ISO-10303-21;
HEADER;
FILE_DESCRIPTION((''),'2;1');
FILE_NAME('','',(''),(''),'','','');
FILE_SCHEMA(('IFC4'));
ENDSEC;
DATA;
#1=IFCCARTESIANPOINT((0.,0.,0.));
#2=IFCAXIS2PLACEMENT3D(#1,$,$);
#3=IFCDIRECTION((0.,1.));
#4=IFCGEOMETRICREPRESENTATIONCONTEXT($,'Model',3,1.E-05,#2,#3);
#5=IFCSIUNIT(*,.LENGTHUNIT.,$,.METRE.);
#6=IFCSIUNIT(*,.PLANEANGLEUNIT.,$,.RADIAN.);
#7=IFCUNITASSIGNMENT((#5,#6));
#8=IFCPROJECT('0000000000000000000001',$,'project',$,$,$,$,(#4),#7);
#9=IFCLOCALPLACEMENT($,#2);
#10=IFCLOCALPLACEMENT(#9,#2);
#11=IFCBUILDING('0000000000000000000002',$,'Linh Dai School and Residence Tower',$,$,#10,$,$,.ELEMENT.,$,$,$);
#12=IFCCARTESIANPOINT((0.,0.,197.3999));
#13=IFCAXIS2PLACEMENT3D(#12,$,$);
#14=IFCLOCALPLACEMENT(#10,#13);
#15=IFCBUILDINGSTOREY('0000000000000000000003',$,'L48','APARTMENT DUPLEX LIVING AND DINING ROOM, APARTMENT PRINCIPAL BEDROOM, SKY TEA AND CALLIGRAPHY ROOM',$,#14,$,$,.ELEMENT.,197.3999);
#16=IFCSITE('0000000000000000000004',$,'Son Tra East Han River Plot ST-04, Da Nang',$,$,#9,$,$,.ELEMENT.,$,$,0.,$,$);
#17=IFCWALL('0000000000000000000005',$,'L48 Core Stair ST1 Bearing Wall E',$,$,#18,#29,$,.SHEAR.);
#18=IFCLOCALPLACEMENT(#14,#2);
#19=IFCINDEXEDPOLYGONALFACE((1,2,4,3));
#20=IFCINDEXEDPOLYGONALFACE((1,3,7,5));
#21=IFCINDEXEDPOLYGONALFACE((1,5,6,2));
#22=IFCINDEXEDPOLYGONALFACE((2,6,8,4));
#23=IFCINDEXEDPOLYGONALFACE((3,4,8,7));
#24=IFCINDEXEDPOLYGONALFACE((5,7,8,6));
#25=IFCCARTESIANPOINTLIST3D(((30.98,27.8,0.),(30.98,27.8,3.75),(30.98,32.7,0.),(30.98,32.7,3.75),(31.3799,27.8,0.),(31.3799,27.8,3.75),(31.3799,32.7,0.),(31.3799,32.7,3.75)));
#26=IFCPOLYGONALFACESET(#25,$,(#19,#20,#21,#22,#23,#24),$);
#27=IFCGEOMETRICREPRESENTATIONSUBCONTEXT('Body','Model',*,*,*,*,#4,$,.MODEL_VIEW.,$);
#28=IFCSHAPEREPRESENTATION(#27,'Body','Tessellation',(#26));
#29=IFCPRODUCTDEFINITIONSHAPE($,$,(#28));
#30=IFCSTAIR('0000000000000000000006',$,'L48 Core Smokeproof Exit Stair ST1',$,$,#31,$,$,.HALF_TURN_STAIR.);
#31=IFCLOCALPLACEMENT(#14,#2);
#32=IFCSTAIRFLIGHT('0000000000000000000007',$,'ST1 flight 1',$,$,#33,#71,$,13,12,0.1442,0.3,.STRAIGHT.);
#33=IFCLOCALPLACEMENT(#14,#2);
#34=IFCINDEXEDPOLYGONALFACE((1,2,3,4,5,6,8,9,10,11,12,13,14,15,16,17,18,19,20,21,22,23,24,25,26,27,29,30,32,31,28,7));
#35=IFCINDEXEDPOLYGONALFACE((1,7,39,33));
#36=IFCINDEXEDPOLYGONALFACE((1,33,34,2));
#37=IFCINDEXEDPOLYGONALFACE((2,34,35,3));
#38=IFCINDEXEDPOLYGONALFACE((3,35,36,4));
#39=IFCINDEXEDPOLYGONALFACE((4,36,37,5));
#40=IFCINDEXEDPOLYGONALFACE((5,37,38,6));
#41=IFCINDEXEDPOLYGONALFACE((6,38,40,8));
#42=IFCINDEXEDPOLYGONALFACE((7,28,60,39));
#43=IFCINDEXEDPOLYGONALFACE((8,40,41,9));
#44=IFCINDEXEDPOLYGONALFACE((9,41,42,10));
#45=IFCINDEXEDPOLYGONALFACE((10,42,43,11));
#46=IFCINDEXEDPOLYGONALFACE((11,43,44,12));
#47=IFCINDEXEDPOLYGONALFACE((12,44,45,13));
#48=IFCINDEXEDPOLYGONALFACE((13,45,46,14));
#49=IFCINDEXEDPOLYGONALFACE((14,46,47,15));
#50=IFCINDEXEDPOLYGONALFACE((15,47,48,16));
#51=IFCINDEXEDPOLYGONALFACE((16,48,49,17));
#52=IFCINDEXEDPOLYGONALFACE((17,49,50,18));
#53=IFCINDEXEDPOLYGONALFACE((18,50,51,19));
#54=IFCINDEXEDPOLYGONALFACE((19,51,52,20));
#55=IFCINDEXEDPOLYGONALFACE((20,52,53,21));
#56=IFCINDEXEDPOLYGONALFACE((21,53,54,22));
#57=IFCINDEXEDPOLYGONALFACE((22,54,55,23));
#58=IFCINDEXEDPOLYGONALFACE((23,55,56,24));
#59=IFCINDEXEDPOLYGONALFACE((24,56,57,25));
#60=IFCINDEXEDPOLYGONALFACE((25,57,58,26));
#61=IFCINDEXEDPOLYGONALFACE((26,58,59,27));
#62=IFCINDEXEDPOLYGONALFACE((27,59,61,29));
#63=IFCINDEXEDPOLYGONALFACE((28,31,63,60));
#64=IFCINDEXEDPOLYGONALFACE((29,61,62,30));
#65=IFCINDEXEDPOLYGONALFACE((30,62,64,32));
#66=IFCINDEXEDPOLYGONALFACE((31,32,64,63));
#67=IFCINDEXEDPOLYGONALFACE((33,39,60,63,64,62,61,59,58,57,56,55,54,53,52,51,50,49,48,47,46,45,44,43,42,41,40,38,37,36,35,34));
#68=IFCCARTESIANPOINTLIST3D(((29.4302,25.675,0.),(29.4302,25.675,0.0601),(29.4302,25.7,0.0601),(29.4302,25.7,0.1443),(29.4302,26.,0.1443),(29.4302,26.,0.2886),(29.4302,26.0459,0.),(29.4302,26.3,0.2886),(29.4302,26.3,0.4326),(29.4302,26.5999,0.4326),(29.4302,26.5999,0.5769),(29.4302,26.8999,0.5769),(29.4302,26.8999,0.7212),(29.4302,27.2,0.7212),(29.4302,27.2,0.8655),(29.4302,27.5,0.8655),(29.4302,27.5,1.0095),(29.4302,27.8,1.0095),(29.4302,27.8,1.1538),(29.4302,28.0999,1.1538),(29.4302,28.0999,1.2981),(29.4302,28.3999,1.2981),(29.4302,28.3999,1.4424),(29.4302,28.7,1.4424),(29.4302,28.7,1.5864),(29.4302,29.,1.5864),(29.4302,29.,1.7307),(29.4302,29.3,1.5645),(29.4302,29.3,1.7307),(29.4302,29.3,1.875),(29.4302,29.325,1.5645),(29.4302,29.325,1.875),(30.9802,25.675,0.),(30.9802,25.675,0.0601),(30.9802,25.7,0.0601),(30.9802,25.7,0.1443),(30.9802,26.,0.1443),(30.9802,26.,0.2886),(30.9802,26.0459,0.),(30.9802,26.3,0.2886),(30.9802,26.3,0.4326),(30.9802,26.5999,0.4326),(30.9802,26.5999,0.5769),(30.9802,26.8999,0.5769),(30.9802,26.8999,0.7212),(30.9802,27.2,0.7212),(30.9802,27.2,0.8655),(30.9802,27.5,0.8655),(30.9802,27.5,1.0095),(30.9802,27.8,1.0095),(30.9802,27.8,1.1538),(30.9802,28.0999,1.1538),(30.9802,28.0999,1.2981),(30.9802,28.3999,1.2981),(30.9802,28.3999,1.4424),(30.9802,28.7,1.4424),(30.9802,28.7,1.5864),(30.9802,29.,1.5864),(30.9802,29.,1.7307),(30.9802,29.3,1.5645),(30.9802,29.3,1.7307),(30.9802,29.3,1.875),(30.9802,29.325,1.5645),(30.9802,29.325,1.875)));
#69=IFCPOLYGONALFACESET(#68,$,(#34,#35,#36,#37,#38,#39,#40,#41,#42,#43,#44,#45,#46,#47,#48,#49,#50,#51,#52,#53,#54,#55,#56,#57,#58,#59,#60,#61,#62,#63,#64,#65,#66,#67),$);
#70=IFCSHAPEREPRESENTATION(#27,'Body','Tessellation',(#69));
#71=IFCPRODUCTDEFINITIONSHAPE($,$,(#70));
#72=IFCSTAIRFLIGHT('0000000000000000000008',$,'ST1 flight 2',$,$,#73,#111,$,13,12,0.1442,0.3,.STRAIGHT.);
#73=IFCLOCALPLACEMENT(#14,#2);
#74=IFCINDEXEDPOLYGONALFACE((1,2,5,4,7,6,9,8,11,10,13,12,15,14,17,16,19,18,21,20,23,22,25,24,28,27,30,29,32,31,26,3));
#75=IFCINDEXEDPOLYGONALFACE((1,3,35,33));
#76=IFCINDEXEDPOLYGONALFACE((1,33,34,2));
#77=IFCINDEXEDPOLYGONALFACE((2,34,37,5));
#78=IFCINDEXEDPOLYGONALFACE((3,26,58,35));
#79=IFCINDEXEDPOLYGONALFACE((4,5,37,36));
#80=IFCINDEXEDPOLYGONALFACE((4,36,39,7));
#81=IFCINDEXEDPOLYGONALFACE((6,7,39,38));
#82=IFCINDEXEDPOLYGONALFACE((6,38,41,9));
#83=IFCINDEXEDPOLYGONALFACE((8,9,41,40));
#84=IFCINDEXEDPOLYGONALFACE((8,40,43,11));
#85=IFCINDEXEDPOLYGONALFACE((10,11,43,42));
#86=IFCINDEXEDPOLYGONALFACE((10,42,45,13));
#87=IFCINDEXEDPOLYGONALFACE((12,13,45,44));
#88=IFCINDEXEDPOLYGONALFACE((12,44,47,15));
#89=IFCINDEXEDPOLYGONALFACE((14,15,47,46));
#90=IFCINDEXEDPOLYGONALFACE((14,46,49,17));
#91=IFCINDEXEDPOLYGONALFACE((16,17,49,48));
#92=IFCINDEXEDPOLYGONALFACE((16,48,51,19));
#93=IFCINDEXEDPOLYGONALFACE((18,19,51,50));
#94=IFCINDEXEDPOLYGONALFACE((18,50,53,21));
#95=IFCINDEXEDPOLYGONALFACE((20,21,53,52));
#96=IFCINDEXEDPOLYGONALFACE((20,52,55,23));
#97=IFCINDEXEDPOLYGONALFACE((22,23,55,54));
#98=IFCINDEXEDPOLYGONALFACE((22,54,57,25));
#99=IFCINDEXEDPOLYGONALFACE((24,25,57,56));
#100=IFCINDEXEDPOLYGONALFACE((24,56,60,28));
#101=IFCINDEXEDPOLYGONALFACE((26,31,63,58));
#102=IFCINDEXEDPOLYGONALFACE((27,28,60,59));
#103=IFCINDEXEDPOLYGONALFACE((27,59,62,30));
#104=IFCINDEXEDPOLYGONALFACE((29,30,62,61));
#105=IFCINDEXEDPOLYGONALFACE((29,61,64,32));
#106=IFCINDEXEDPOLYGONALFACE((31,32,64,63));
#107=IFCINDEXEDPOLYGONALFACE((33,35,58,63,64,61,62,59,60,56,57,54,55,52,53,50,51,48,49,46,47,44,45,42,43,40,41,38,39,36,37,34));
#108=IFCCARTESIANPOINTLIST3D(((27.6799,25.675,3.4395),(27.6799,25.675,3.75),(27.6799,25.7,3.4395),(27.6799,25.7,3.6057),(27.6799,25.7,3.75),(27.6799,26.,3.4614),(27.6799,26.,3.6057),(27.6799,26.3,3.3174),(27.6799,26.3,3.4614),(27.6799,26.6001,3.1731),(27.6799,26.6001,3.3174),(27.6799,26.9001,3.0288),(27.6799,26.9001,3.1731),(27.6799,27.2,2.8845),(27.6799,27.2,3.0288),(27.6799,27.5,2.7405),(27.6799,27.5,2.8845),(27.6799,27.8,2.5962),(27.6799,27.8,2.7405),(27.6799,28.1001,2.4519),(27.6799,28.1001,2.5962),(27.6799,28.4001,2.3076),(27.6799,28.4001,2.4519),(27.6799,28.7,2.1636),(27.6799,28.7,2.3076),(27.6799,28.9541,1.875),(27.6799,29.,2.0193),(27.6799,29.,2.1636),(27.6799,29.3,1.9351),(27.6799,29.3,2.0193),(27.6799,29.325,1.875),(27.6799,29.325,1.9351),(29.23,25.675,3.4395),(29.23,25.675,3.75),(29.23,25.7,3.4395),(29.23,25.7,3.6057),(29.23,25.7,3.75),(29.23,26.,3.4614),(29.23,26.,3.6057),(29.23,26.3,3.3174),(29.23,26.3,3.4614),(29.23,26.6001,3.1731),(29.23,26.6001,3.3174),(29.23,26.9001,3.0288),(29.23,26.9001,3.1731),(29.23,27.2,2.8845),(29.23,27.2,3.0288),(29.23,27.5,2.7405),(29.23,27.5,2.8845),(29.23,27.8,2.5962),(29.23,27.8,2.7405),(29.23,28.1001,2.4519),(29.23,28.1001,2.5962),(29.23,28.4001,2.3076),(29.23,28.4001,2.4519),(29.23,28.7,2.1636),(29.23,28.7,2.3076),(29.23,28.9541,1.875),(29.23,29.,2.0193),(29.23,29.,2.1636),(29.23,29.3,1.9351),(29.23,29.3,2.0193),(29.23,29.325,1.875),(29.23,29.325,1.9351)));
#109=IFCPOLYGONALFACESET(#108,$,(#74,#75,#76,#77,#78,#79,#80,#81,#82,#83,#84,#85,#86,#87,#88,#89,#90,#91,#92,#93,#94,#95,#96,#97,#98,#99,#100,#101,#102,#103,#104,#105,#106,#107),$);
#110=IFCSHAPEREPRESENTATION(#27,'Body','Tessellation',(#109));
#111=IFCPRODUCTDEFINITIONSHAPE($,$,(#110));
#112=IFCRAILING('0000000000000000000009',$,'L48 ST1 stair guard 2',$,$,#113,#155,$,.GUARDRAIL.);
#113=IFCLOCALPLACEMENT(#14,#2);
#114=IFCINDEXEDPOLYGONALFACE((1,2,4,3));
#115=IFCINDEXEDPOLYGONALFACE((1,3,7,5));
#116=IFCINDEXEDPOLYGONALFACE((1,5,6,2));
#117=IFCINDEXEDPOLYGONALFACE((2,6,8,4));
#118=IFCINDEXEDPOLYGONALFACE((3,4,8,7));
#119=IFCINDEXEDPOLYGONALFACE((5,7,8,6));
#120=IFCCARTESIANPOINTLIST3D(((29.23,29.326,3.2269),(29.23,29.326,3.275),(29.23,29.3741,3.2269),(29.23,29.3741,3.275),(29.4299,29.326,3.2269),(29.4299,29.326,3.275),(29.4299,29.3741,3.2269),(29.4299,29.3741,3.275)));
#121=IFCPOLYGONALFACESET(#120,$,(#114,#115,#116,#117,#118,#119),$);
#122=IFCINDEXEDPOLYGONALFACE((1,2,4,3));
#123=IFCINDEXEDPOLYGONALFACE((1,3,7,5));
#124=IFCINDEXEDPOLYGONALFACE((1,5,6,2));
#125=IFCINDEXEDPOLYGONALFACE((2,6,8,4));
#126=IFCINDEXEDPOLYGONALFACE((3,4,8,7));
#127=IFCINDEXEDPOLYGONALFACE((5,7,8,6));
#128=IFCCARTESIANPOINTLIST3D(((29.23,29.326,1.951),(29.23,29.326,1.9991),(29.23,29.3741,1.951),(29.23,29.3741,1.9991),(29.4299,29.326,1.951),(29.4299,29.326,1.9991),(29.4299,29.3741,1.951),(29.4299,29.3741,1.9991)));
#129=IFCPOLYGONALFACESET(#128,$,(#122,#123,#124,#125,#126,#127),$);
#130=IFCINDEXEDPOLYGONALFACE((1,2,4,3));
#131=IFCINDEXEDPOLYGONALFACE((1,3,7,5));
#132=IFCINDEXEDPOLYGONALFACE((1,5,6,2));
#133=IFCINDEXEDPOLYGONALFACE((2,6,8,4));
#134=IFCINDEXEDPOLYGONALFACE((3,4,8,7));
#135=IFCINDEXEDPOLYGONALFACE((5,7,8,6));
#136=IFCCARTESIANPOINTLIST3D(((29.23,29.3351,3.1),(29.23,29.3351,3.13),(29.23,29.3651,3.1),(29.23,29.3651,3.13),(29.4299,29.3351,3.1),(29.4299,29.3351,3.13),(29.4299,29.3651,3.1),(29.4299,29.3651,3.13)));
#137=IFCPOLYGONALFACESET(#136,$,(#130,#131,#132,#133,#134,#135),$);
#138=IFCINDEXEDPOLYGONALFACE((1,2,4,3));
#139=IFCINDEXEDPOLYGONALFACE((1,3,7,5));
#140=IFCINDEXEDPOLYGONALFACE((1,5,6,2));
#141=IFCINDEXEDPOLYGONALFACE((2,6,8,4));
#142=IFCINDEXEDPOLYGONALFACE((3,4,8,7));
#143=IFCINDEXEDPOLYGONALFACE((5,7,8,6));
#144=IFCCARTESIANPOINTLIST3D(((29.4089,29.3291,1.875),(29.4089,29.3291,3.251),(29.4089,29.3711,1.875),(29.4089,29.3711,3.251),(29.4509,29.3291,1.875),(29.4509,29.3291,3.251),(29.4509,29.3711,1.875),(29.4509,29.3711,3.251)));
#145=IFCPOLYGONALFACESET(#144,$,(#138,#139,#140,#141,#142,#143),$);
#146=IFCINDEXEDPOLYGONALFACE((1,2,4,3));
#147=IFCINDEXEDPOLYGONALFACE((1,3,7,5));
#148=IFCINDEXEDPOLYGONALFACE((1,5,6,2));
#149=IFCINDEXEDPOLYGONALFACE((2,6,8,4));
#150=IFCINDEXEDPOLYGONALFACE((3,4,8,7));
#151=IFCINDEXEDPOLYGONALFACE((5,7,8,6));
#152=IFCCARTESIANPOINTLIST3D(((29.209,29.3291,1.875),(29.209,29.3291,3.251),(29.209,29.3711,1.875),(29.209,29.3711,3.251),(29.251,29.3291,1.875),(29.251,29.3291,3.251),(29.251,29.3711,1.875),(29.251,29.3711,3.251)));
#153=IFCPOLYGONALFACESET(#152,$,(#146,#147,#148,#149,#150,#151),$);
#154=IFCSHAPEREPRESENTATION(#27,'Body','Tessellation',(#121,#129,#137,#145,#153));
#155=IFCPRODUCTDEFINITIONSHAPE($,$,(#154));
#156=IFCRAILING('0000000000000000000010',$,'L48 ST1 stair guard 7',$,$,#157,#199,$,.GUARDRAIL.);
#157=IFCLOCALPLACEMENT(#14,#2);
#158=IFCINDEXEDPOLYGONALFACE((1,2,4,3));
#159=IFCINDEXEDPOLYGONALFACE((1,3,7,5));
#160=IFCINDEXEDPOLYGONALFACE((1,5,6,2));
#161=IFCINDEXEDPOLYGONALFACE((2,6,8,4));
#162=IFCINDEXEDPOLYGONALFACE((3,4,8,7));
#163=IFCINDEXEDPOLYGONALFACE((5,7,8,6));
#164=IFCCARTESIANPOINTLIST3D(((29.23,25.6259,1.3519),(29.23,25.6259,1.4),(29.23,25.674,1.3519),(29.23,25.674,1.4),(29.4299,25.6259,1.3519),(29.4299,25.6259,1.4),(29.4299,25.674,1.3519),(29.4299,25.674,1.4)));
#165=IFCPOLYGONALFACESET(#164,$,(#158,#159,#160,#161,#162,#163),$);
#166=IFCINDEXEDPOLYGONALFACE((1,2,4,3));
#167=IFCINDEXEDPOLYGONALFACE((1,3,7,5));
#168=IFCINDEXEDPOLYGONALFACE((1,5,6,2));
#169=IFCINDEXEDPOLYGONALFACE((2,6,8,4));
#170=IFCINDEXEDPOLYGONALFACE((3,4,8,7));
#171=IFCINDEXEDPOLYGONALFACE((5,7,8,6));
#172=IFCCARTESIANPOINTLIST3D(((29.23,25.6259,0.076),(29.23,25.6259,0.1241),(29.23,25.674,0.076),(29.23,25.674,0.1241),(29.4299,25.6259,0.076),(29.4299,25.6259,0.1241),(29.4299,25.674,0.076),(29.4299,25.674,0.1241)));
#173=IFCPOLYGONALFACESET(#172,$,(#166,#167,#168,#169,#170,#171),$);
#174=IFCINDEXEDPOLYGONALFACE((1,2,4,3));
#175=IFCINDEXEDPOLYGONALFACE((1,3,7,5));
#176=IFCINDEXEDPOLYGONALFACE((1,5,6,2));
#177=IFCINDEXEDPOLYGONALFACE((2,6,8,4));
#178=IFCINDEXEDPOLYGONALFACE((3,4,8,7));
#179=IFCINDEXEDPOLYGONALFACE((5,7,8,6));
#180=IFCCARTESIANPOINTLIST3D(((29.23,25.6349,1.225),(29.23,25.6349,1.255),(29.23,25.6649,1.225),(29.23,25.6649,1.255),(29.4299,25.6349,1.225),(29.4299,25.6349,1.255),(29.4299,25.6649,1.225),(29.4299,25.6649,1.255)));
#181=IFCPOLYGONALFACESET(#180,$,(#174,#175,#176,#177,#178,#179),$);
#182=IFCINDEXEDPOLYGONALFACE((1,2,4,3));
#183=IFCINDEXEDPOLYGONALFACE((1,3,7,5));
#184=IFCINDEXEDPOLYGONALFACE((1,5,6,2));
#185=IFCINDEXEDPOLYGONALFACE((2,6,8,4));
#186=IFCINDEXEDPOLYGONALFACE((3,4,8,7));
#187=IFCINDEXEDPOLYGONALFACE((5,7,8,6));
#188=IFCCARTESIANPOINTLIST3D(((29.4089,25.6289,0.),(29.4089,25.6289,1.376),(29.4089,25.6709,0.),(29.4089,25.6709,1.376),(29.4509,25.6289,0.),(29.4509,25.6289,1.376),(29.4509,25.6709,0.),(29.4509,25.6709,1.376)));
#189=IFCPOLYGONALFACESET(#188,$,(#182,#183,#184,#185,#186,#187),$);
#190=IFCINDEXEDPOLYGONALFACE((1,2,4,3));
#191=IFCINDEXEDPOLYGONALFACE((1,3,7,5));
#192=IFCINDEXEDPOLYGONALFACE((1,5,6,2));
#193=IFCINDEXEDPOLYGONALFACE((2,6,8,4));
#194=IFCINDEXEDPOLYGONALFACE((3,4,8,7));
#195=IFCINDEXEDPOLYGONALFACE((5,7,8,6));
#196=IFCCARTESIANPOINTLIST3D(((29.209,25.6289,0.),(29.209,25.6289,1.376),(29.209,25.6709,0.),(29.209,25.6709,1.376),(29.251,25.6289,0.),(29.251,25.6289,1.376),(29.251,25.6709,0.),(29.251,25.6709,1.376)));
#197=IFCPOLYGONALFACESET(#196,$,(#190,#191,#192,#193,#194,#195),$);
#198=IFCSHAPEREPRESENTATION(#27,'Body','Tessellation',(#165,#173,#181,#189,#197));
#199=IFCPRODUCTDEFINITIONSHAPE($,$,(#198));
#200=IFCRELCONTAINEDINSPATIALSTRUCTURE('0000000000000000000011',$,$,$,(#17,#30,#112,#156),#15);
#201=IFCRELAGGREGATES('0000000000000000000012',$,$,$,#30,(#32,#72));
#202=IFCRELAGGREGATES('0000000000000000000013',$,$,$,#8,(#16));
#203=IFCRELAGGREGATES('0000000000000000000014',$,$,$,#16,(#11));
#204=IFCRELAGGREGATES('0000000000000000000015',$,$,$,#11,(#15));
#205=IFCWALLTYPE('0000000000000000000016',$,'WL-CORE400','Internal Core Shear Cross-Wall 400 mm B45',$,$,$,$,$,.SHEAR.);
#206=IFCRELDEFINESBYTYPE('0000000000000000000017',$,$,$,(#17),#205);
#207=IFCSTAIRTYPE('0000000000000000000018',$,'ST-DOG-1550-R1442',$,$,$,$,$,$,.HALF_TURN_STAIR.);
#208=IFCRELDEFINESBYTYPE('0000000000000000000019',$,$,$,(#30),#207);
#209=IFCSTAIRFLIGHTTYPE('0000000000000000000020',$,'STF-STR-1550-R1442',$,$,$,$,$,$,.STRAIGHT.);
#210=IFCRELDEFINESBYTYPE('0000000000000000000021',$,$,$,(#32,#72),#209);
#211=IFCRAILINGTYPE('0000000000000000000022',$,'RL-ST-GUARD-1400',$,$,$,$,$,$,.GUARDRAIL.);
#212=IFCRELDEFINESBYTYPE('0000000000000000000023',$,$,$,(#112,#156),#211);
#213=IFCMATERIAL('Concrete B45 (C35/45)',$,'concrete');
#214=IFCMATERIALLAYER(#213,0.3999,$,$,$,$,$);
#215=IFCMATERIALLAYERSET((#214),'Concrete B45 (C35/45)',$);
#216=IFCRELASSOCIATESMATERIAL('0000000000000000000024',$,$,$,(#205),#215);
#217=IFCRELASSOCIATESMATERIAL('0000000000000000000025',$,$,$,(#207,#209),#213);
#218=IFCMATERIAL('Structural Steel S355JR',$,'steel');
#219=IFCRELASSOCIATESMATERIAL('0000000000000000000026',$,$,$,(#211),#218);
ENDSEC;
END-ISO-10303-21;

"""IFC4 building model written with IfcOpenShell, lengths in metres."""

from ifc_helpers import new_model, si_unit, direction, frame, frame_2d, origin, origin_2d, place, context, subcontext, project, spatial, polyline, rectangle, outline, extrude, source, transform, mapped, material, layer, layer_set, type_object, element, aggregate, save


model = new_model("IFC4")

# Units and contexts
model_context = context("Model", 3, precision=1e-05, world=origin(), true_north=direction((0.0, 1.0)))
body_context = subcontext(model_context, "Body", "Model", "MODEL_VIEW")
ifc_project = project(units=[si_unit("LENGTHUNIT", "METRE"), si_unit("PLANEANGLEUNIT", "RADIAN")], contexts=[model_context])

# Site, building, storey
site_placement = place(None, origin())
site = spatial("IfcSite", under=ifc_project, at=site_placement, Name="Son Tra East Han River Plot ST-04, Da Nang", CompositionType="ELEMENT", RefElevation=0.0)
building_placement = place(site_placement, origin())
building = spatial("IfcBuilding", under=site, at=building_placement, Name="Linh Dai School and Residence Tower", CompositionType="ELEMENT")
storey_placement = place(building_placement, frame((0.0, 0.0, 197.3999)))
storey = spatial("IfcBuildingStorey", under=building, at=storey_placement, Name="L48", Description="APARTMENT DUPLEX LIVING AND DINING ROOM, APARTMENT PRINCIPAL BEDROOM, SKY TEA AND CALLIGRAPHY ROOM", CompositionType="ELEMENT", Elevation=197.3999)

# Shared definitions
ifc_material_1 = material(Name="Structural Steel S355JR", Category="steel")

# Shared definitions
ifc_material_2 = material(Name="Concrete B45 (C35/45)", Category="concrete")

# Wall
ifc_layer_1 = layer(ifc_material_2, 0.3999)
ifc_layer_set_1 = layer_set([ifc_layer_1], Name="Concrete B45 (C35/45)")
wall_type_1 = type_object("IfcWallType", Name="WL-CORE400", Description="Internal Core Shear Cross-Wall 400 mm B45", PredefinedType="SHEAR", material=ifc_layer_set_1)
wall_1_placement = place(storey_placement, frame((31.1799, 27.8, 0.0), z_axis=(0.0, 0.0, 1.0), x_axis=(0.0, 1.0, 0.0)))
element("IfcWall", 1, at=wall_1_placement, inside=storey, type_object=wall_type_1, Name="L48 Core Stair ST1 Bearing Wall E", PredefinedType="SHEAR", context=body_context, shape_type="SweptSolid", body=[
    extrude(rectangle(XDim=4.8999, YDim=0.3999, at=frame_2d((2.45, 0.0))), origin(), (0.0, 0.0, 1.0), 3.75),
])

# Stair, stair flights
stair_type = type_object("IfcStairType", Name="ST-DOG-1550-R1442", PredefinedType="HALF_TURN_STAIR", material=ifc_material_2)
stair_placement = place(storey_placement, origin())
stair = element("IfcStair", 2, at=stair_placement, inside=storey, type_object=stair_type, Name="L48 Core Smokeproof Exit Stair ST1", PredefinedType="HALF_TURN_STAIR")
stair_flight_type = type_object("IfcStairFlightType", Name="STF-STR-1550-R1442", PredefinedType="STRAIGHT", material=ifc_material_2)
shared_shape_1 = source(origin(), body_context, "Body", "SweptSolid", [
    extrude(outline(polyline([(-0.0249, 0.0), (-0.0249, 0.0601), (0.0, 0.0601), (0.0, 0.1443), (0.3, 0.1443), (0.3, 0.2886), (0.6001, 0.2886), (0.6001, 0.4326), (0.8999, 0.4326), (0.8999, 0.5769), (1.2, 0.5769), (1.2, 0.7212), (1.5, 0.7212), (1.5, 0.8655), (1.8, 0.8655), (1.8, 1.0095), (2.1001, 1.0095), (2.1001, 1.1538), (2.3999, 1.1538), (2.3999, 1.2981), (2.7, 1.2981), (2.7, 1.4424), (3.0, 1.4424), (3.0, 1.5864), (3.3, 1.5864), (3.3, 1.7307), (3.6001, 1.7307), (3.6001, 1.875), (3.625, 1.875), (3.625, 1.5645), (3.6001, 1.5645), (0.3459, 0.0), (-0.0249, 0.0)])), frame((0.0, 0.7749, 0.0), z_axis=(0.0, -1.0, 0.0), x_axis=(1.0, 0.0, 0.0)), (0.0, 0.0, 1.0), 1.55),
])
stair_flight_1_placement = place(storey_placement, frame((30.2051, 25.7, 0.0), z_axis=(0.0, 0.0, 1.0), x_axis=(0.0, 1.0, 0.0)))
stair_flight_1 = element("IfcStairFlight", 3, at=stair_flight_1_placement, type_object=stair_flight_type, Name="ST1 flight 1", NumberOfRisers=13, NumberOfTreads=12, PredefinedType="STRAIGHT", RiserHeight=0.1442, TreadLength=0.3, context=body_context, shape_type="MappedRepresentation", body=[
    mapped(shared_shape_1, transform((0.0, 0.0, 0.0), x_axis=(1.0, 0.0, 0.0), y_axis=(0.0, 1.0, 0.0), z_axis=(0.0, 0.0, 1.0), scale=1.0)),
])
stair_flight_2_placement = place(storey_placement, frame((28.4551, 29.3, 1.875), z_axis=(0.0, 0.0, 1.0), x_axis=(0.0, -1.0, 0.0)))
stair_flight_2 = element("IfcStairFlight", 4, at=stair_flight_2_placement, type_object=stair_flight_type, Name="ST1 flight 2", NumberOfRisers=13, NumberOfTreads=12, PredefinedType="STRAIGHT", RiserHeight=0.1442, TreadLength=0.3, context=body_context, shape_type="MappedRepresentation", body=[
    mapped(shared_shape_1, transform((0.0, 0.0, 0.0), x_axis=(1.0, 0.0, 0.0), y_axis=(0.0, 1.0, 0.0), z_axis=(0.0, 0.0, 1.0), scale=1.0)),
])
aggregate(stair, [stair_flight_1, stair_flight_2])

# Railings
railing_type_1 = type_object("IfcRailingType", Name="RL-ST-GUARD-1400", PredefinedType="GUARDRAIL", material=ifc_material_1)
shared_shape_2 = source(origin(), body_context, "Body", "SweptSolid", [
    extrude(rectangle(XDim=0.0481, YDim=0.0481, at=origin_2d()), frame((0.0, 0.0, 1.376), z_axis=(-1.0, 0.0, 0.0), x_axis=(0.0, -1.0, 0.0)), (0.0, 0.0, 1.0), 0.2),
    extrude(rectangle(XDim=0.0481, YDim=0.0481, at=origin_2d()), frame((0.0, 0.0, 0.1001), z_axis=(-1.0, 0.0, 0.0), x_axis=(0.0, -1.0, 0.0)), (0.0, 0.0, 1.0), 0.2),
    extrude(rectangle(XDim=0.03, YDim=0.03, at=origin_2d()), frame((0.0, 0.0, 1.24), z_axis=(-1.0, 0.0, 0.0), x_axis=(0.0, -1.0, 0.0)), (0.0, 0.0, 1.0), 0.2),
    extrude(rectangle(XDim=0.042, YDim=0.042, at=origin_2d()), origin(), (0.0, 0.0, 1.0), 1.376),
    extrude(rectangle(XDim=0.042, YDim=0.042, at=origin_2d()), frame((-0.2, 0.0, 0.0)), (0.0, 0.0, 1.0), 1.376),
])
for number, where, name in (
    (5, (29.4299, 29.3501, 1.875), "L48 ST1 stair guard 2"),
    (6, (29.4299, 25.6499, 0.0), "L48 ST1 stair guard 7"),
):
    element("IfcRailing", number, at=place(storey_placement, frame(where)), inside=storey, type_object=railing_type_1, Name=name, PredefinedType="GUARDRAIL", context=body_context, shape_type="MappedRepresentation", body=[
        mapped(shared_shape_2, transform((0.0, 0.0, 0.0), x_axis=(1.0, 0.0, 0.0), y_axis=(0.0, 1.0, 0.0), z_axis=(0.0, 0.0, 1.0), scale=1.0)),
    ])

save(model, "model.ifc")
